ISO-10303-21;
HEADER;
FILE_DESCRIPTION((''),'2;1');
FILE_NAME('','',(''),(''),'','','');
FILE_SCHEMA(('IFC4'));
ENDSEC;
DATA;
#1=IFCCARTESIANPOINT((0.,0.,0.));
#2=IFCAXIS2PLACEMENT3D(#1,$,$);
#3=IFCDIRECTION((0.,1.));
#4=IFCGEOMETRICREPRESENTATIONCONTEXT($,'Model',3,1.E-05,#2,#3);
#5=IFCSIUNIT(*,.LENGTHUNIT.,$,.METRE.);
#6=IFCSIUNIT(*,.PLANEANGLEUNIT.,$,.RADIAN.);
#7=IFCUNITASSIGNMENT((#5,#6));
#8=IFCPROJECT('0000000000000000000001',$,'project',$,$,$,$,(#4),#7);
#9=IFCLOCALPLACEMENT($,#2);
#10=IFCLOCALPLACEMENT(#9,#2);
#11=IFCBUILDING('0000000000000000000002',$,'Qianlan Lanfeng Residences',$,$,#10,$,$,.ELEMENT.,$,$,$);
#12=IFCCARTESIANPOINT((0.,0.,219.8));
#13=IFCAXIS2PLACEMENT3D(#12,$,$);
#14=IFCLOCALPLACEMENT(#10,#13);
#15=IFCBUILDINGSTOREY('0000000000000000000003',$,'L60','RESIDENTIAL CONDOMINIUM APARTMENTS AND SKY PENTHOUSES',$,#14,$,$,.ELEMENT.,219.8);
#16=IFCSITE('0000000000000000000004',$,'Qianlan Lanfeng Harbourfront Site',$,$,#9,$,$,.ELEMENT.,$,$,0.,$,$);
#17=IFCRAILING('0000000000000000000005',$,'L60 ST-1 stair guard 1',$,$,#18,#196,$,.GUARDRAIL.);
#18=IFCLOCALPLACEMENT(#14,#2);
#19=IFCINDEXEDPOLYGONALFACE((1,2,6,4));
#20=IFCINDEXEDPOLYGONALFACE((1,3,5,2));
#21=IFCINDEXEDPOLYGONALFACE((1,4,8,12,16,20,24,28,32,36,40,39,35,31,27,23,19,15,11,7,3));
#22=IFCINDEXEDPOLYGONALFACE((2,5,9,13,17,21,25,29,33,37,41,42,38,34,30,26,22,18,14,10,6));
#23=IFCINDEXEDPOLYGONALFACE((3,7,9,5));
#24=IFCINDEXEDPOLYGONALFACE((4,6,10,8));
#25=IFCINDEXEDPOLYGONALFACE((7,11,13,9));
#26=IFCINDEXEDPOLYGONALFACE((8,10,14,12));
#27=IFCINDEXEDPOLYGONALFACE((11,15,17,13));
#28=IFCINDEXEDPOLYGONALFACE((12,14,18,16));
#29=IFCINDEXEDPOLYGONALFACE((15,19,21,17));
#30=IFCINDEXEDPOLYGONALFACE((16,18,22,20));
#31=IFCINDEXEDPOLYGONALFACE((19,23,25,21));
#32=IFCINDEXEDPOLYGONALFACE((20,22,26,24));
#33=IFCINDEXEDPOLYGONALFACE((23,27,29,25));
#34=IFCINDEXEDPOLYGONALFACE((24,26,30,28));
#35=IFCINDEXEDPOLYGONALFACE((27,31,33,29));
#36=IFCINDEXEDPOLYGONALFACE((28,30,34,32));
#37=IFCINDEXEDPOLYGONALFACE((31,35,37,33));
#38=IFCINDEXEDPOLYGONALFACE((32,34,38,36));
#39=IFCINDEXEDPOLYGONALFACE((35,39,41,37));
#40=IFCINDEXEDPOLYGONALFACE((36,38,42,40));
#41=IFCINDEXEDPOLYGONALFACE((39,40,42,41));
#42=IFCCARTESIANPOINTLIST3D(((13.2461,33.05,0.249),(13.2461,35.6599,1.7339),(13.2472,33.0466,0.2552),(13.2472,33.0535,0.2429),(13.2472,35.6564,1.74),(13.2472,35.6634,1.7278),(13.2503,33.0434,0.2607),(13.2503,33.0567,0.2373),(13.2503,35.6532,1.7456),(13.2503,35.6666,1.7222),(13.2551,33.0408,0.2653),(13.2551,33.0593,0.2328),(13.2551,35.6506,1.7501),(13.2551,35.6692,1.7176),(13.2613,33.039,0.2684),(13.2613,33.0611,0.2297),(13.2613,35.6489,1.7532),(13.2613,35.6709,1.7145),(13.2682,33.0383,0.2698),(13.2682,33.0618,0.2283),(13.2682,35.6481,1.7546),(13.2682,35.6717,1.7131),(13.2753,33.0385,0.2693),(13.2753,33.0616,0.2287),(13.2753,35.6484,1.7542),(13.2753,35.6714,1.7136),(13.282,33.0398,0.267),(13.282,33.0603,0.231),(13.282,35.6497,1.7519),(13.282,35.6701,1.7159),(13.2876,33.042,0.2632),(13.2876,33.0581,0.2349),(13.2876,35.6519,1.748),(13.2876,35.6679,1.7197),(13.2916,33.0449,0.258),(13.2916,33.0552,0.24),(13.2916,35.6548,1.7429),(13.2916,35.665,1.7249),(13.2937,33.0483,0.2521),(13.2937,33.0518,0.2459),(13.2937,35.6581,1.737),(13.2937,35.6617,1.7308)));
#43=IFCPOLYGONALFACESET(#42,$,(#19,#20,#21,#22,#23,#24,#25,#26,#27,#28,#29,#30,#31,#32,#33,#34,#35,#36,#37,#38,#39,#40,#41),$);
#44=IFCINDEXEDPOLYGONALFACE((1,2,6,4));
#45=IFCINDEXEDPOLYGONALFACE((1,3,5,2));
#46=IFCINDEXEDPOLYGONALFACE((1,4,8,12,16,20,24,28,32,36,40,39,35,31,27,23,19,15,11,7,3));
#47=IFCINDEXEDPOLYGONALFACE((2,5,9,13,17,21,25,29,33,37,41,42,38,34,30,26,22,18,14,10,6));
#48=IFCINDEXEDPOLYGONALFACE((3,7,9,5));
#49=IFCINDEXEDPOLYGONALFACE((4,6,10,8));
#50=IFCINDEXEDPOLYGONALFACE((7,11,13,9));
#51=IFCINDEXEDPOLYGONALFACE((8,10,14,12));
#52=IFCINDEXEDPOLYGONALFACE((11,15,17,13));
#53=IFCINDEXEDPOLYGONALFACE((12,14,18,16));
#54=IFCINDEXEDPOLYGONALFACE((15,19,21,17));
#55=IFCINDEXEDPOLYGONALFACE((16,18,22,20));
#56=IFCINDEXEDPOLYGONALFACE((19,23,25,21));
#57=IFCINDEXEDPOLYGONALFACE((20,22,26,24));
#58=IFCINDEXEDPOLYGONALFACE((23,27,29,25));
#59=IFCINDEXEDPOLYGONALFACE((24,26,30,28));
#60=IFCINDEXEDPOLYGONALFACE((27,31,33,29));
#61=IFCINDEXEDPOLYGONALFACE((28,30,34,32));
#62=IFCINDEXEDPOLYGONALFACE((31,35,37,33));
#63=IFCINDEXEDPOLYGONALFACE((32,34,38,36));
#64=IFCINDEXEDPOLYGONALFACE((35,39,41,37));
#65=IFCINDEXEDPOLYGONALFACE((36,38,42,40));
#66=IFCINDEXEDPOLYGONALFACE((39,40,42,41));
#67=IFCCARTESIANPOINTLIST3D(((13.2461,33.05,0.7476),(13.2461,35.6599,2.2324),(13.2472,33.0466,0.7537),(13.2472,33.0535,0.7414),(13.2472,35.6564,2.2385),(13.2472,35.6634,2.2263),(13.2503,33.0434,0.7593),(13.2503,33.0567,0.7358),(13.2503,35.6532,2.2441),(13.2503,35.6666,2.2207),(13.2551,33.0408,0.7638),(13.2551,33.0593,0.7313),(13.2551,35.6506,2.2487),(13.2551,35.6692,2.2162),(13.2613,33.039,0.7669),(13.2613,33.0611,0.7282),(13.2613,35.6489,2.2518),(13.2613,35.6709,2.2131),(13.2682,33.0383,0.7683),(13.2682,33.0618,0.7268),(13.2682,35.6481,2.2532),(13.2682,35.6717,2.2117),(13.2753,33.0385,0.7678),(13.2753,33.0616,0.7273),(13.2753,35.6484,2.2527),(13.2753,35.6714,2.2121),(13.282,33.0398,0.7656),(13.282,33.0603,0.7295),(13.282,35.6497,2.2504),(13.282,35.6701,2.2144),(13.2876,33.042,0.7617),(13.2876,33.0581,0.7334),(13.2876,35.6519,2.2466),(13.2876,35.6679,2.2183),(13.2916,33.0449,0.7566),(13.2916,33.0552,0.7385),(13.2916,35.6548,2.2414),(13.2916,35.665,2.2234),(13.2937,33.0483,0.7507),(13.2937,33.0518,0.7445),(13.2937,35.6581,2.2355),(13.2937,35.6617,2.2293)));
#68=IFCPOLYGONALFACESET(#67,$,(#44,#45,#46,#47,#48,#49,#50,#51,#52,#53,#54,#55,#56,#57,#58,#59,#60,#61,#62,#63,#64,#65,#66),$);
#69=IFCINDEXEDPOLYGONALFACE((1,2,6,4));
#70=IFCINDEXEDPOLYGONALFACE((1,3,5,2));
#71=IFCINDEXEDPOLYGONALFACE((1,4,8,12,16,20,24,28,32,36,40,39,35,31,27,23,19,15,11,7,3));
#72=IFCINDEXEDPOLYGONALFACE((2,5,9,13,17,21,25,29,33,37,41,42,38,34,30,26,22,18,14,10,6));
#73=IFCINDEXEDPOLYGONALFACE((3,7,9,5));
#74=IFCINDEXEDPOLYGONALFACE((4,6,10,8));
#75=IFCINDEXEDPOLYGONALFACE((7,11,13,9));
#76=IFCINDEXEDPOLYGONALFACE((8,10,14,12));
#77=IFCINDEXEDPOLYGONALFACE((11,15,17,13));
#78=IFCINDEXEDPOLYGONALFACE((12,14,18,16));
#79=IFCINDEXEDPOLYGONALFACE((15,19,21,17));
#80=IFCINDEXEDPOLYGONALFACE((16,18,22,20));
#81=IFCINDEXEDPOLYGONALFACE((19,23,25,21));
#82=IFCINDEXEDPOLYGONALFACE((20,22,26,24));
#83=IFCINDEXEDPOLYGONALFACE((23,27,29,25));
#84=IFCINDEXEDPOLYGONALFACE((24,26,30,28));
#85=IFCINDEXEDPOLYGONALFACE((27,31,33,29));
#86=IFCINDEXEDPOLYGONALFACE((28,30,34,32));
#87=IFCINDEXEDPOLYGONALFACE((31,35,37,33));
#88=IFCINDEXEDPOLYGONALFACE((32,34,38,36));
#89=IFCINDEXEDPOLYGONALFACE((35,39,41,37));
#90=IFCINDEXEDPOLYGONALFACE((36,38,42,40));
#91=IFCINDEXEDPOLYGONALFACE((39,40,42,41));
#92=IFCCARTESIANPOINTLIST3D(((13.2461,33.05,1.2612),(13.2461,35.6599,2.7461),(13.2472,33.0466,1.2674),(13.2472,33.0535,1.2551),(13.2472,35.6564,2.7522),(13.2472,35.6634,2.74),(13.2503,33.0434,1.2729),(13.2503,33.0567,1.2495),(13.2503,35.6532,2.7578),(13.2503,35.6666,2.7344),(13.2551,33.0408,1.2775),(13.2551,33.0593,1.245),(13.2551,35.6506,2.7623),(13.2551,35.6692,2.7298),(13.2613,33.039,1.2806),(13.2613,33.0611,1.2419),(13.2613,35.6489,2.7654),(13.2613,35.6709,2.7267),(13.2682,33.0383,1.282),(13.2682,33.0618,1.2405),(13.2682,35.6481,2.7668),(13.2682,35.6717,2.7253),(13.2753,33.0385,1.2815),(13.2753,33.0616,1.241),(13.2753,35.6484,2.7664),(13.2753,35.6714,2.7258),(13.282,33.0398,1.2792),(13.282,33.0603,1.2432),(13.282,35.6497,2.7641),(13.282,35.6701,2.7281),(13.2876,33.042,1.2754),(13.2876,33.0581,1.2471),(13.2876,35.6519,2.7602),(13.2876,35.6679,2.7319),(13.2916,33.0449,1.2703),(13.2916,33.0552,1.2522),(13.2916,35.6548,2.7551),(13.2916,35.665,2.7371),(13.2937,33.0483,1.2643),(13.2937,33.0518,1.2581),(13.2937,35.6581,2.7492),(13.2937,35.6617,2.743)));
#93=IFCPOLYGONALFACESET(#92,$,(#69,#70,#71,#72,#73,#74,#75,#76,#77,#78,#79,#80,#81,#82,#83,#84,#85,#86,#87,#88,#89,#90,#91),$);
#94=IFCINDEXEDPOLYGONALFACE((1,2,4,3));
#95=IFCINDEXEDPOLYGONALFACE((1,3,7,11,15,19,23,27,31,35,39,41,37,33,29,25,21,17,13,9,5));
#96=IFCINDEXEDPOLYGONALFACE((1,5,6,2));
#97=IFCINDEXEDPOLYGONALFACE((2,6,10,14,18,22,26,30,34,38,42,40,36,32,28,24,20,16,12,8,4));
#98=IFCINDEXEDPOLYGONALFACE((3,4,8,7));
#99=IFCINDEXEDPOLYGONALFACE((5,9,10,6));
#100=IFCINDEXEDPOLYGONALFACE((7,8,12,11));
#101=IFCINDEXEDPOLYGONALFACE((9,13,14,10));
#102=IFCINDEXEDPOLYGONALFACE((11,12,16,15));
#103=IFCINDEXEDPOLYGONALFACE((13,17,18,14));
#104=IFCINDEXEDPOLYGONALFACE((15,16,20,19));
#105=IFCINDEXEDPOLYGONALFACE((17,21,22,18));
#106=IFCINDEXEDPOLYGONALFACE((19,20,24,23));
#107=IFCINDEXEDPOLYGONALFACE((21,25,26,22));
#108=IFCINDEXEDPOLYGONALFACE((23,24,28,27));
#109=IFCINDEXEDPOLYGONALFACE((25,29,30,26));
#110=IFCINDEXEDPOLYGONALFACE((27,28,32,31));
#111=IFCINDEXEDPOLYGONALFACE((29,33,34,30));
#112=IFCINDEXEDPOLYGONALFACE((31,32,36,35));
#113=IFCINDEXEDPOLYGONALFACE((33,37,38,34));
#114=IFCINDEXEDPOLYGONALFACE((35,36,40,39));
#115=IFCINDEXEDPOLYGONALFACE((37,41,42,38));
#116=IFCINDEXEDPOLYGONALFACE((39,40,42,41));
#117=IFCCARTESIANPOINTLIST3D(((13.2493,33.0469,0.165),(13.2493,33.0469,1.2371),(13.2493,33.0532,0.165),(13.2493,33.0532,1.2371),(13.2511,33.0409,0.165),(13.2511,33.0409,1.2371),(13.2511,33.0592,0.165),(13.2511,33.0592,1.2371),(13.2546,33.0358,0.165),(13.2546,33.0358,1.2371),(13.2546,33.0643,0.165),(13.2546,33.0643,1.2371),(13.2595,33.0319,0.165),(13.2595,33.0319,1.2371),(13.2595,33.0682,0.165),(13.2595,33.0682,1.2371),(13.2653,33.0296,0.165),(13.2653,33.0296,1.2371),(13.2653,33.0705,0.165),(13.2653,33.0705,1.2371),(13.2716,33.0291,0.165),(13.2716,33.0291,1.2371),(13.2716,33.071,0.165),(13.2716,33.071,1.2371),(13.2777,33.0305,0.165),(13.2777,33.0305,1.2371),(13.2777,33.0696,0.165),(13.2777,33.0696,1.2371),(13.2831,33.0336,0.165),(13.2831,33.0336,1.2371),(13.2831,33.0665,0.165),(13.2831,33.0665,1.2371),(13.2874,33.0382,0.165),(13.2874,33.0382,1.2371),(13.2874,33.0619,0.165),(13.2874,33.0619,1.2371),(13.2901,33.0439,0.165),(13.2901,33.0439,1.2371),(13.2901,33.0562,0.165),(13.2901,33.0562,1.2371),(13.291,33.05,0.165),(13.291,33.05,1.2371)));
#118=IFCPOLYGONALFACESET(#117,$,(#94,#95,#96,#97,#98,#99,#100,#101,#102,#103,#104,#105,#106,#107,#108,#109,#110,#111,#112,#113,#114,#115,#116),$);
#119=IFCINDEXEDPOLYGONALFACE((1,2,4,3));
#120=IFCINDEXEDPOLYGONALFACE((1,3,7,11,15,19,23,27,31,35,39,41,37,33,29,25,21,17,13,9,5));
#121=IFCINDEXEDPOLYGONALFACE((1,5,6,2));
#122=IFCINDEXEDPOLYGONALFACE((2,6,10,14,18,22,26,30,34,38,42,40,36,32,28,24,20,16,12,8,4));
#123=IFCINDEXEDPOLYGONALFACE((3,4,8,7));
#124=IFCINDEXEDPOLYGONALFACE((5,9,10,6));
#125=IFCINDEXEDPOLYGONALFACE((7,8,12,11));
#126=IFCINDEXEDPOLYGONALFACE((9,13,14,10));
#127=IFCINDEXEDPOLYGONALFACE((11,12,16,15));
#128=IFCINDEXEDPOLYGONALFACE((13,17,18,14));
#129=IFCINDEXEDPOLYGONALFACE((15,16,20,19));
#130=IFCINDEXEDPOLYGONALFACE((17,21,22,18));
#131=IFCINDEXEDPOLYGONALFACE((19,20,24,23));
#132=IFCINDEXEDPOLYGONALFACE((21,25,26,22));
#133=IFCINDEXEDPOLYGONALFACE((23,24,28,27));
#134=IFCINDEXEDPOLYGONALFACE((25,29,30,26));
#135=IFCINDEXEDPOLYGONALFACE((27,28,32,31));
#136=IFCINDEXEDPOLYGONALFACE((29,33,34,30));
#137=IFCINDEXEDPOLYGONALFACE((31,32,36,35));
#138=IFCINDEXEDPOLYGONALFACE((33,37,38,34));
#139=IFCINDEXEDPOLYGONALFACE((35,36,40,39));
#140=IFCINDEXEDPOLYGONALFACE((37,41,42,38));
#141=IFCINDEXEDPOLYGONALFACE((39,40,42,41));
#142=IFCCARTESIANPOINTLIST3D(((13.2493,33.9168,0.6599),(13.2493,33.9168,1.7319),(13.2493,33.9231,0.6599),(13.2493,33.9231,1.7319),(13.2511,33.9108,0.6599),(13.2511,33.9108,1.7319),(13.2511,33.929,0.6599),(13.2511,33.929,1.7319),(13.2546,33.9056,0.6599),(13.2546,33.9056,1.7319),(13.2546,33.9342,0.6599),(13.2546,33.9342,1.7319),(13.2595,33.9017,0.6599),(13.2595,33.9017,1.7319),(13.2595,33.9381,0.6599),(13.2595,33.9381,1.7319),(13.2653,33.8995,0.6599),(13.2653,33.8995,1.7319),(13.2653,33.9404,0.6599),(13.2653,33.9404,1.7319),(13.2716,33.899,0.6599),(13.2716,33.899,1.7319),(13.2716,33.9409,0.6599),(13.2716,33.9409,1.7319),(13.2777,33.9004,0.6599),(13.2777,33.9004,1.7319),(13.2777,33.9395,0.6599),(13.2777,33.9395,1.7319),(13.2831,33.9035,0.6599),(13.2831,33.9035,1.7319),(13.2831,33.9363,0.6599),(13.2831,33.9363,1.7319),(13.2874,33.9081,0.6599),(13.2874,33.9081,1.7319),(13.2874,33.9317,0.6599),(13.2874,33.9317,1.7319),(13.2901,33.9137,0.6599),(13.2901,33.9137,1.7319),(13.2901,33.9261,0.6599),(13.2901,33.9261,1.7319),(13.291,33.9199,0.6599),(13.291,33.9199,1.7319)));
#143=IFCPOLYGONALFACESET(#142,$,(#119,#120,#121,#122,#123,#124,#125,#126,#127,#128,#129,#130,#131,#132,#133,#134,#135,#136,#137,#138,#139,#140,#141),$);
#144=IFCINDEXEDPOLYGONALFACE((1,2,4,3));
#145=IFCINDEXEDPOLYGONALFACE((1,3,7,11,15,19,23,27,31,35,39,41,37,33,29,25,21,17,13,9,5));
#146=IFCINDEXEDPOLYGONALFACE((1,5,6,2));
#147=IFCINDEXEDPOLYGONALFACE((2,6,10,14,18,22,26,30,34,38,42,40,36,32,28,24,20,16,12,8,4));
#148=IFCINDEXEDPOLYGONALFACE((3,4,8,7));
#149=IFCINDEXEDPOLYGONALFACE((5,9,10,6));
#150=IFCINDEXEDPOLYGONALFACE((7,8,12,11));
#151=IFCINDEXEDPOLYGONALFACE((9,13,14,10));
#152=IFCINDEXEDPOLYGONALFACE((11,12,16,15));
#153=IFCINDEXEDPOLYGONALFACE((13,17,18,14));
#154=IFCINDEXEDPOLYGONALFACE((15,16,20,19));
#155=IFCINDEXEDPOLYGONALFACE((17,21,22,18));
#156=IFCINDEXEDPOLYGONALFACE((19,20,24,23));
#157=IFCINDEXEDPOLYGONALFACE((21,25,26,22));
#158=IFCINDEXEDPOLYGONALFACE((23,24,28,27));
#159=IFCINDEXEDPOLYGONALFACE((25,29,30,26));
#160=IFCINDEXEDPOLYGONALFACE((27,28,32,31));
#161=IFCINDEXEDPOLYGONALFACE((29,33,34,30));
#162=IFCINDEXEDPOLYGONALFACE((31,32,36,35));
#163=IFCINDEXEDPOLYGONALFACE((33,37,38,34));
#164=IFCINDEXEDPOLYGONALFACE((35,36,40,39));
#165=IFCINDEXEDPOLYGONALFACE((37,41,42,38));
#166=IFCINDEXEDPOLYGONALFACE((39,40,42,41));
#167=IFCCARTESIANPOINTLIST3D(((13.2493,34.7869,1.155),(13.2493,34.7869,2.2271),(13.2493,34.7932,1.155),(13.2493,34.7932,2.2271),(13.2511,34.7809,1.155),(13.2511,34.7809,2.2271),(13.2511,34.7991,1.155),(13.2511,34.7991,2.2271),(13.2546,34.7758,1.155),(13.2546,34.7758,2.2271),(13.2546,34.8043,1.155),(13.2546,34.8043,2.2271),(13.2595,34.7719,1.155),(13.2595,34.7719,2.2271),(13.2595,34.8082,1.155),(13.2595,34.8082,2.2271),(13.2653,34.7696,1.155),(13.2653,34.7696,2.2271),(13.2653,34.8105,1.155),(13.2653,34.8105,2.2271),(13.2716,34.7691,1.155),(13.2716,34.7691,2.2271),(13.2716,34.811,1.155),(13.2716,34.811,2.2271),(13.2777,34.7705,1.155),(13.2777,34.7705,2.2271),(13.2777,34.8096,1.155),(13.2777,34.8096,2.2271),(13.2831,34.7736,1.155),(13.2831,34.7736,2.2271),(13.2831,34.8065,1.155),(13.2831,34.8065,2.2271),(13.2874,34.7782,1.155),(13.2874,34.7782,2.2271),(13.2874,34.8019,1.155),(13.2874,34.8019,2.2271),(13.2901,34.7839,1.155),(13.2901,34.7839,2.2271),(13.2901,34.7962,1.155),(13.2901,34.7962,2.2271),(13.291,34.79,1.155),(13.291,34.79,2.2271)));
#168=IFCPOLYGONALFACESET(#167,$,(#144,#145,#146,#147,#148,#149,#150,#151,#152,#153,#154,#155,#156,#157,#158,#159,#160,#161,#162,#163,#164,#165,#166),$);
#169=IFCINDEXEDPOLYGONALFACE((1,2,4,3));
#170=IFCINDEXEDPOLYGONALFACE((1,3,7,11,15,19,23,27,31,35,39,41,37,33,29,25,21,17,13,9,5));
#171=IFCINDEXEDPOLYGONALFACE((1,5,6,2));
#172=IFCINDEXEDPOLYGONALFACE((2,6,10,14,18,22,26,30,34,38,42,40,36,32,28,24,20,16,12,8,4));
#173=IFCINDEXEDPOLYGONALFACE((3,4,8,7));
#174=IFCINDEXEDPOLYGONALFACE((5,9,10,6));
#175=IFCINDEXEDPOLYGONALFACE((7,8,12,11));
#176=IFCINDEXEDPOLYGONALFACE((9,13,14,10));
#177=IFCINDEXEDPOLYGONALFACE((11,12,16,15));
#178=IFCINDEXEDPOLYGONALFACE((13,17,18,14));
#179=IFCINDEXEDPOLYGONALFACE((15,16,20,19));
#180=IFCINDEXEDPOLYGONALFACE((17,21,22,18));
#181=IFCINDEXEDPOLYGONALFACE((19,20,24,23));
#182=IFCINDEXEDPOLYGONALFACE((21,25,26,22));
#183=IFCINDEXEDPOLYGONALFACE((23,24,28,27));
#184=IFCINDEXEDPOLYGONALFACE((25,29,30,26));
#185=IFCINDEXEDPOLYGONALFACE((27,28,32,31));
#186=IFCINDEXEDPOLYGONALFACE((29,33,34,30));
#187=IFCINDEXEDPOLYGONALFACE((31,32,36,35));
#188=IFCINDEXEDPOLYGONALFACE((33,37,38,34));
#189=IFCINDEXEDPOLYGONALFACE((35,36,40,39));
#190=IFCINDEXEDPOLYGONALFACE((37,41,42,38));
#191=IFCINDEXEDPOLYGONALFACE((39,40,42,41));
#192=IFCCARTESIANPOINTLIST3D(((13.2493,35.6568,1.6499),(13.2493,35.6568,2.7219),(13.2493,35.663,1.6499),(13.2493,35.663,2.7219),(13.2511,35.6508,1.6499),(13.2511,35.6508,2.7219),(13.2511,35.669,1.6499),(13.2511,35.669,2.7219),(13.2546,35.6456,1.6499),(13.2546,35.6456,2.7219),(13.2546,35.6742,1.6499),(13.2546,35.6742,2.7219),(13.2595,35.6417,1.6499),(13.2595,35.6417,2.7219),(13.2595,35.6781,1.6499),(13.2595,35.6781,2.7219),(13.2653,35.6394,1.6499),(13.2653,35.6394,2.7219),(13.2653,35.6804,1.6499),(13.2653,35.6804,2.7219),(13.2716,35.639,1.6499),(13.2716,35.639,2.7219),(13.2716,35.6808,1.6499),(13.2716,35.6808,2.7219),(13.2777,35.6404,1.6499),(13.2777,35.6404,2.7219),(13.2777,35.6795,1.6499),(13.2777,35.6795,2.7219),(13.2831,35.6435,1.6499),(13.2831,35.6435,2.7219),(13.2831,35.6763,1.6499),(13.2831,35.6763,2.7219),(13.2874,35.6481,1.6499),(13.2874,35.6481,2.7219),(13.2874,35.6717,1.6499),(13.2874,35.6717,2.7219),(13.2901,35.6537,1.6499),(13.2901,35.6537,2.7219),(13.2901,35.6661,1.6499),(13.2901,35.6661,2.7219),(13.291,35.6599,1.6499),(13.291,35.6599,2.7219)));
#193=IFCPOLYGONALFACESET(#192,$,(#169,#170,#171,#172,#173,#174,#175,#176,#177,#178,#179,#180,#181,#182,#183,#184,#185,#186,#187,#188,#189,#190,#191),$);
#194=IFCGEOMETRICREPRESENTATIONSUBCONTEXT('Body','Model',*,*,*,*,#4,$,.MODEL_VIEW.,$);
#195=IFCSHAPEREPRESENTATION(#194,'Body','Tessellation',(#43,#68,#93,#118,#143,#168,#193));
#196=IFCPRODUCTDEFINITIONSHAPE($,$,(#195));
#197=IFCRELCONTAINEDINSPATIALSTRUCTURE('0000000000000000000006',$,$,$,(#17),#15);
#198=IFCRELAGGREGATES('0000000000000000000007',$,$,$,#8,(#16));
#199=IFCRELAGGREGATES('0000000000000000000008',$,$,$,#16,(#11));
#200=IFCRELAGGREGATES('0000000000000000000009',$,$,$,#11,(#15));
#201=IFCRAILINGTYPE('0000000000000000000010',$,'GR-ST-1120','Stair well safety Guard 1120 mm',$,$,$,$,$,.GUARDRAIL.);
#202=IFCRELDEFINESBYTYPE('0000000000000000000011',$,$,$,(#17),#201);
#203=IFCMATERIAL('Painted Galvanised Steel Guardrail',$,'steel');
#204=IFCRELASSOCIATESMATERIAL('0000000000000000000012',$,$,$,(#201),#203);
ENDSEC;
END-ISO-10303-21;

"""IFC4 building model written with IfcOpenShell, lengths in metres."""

from ifc_helpers import new_model, si_unit, direction, frame, origin, origin_2d, place, context, subcontext, project, spatial, circle, extrude, material, type_object, element, save


model = new_model("IFC4")

# Units and contexts
model_context = context("Model", 3, precision=1e-05, world=origin(), true_north=direction((0.0, 1.0)))
body_context = subcontext(model_context, "Body", "Model", "MODEL_VIEW")
ifc_project = project(units=[si_unit("LENGTHUNIT", "METRE"), si_unit("PLANEANGLEUNIT", "RADIAN")], contexts=[model_context])

# Site, building, storey
site_placement = place(None, origin())
site = spatial("IfcSite", under=ifc_project, at=site_placement, Name="Qianlan Lanfeng Harbourfront Site", CompositionType="ELEMENT", RefElevation=0.0)
building_placement = place(site_placement, origin())
building = spatial("IfcBuilding", under=site, at=building_placement, Name="Qianlan Lanfeng Residences", CompositionType="ELEMENT")
storey_placement = place(building_placement, frame((0.0, 0.0, 219.8)))
storey = spatial("IfcBuildingStorey", under=building, at=storey_placement, Name="L60", Description="RESIDENTIAL CONDOMINIUM APARTMENTS AND SKY PENTHOUSES", CompositionType="ELEMENT", Elevation=219.8)

# Railing
ifc_material_1 = material(Name="Painted Galvanised Steel Guardrail", Category="steel")
railing_type_1 = type_object("IfcRailingType", Name="GR-ST-1120", Description="Stair well safety Guard 1120 mm", PredefinedType="GUARDRAIL", material=ifc_material_1)
railing_1_placement = place(storey_placement, frame((13.27, 33.05, 0.165)))
element("IfcRailing", 1, at=railing_1_placement, inside=storey, type_object=railing_type_1, Name="L60 ST-1 stair guard 1", PredefinedType="GUARDRAIL", context=body_context, shape_type="SweptSolid", body=[
    extrude(circle(Radius=0.0239, at=origin_2d()), frame((0.0, 0.0, 0.084), z_axis=(0.0, 0.869172, 0.494509), x_axis=(-1.0, 0.0, 0.0)), (0.0, 0.0, 1.0), 3.0027),
    extrude(circle(Radius=0.0239, at=origin_2d()), frame((0.0, 0.0, 0.5825), z_axis=(0.0, 0.869172, 0.494509), x_axis=(-1.0, 0.0, 0.0)), (0.0, 0.0, 1.0), 3.0027),
    extrude(circle(Radius=0.0239, at=origin_2d()), frame((0.0, 0.0, 1.0962), z_axis=(0.0, 0.869172, 0.494509), x_axis=(-1.0, 0.0, 0.0)), (0.0, 0.0, 1.0), 3.0027),
    extrude(circle(Radius=0.021, at=origin_2d()), origin(), (0.0, 0.0, 1.0), 1.072),
    extrude(circle(Radius=0.021, at=origin_2d()), frame((0.0, 0.8699, 0.4949)), (0.0, 0.0, 1.0), 1.072),
    extrude(circle(Radius=0.021, at=origin_2d()), frame((0.0, 1.74, 0.99)), (0.0, 0.0, 1.0), 1.072),
    extrude(circle(Radius=0.021, at=origin_2d()), frame((0.0, 2.6099, 1.4849)), (0.0, 0.0, 1.0), 1.072),
])

save(model, "model.ifc")
